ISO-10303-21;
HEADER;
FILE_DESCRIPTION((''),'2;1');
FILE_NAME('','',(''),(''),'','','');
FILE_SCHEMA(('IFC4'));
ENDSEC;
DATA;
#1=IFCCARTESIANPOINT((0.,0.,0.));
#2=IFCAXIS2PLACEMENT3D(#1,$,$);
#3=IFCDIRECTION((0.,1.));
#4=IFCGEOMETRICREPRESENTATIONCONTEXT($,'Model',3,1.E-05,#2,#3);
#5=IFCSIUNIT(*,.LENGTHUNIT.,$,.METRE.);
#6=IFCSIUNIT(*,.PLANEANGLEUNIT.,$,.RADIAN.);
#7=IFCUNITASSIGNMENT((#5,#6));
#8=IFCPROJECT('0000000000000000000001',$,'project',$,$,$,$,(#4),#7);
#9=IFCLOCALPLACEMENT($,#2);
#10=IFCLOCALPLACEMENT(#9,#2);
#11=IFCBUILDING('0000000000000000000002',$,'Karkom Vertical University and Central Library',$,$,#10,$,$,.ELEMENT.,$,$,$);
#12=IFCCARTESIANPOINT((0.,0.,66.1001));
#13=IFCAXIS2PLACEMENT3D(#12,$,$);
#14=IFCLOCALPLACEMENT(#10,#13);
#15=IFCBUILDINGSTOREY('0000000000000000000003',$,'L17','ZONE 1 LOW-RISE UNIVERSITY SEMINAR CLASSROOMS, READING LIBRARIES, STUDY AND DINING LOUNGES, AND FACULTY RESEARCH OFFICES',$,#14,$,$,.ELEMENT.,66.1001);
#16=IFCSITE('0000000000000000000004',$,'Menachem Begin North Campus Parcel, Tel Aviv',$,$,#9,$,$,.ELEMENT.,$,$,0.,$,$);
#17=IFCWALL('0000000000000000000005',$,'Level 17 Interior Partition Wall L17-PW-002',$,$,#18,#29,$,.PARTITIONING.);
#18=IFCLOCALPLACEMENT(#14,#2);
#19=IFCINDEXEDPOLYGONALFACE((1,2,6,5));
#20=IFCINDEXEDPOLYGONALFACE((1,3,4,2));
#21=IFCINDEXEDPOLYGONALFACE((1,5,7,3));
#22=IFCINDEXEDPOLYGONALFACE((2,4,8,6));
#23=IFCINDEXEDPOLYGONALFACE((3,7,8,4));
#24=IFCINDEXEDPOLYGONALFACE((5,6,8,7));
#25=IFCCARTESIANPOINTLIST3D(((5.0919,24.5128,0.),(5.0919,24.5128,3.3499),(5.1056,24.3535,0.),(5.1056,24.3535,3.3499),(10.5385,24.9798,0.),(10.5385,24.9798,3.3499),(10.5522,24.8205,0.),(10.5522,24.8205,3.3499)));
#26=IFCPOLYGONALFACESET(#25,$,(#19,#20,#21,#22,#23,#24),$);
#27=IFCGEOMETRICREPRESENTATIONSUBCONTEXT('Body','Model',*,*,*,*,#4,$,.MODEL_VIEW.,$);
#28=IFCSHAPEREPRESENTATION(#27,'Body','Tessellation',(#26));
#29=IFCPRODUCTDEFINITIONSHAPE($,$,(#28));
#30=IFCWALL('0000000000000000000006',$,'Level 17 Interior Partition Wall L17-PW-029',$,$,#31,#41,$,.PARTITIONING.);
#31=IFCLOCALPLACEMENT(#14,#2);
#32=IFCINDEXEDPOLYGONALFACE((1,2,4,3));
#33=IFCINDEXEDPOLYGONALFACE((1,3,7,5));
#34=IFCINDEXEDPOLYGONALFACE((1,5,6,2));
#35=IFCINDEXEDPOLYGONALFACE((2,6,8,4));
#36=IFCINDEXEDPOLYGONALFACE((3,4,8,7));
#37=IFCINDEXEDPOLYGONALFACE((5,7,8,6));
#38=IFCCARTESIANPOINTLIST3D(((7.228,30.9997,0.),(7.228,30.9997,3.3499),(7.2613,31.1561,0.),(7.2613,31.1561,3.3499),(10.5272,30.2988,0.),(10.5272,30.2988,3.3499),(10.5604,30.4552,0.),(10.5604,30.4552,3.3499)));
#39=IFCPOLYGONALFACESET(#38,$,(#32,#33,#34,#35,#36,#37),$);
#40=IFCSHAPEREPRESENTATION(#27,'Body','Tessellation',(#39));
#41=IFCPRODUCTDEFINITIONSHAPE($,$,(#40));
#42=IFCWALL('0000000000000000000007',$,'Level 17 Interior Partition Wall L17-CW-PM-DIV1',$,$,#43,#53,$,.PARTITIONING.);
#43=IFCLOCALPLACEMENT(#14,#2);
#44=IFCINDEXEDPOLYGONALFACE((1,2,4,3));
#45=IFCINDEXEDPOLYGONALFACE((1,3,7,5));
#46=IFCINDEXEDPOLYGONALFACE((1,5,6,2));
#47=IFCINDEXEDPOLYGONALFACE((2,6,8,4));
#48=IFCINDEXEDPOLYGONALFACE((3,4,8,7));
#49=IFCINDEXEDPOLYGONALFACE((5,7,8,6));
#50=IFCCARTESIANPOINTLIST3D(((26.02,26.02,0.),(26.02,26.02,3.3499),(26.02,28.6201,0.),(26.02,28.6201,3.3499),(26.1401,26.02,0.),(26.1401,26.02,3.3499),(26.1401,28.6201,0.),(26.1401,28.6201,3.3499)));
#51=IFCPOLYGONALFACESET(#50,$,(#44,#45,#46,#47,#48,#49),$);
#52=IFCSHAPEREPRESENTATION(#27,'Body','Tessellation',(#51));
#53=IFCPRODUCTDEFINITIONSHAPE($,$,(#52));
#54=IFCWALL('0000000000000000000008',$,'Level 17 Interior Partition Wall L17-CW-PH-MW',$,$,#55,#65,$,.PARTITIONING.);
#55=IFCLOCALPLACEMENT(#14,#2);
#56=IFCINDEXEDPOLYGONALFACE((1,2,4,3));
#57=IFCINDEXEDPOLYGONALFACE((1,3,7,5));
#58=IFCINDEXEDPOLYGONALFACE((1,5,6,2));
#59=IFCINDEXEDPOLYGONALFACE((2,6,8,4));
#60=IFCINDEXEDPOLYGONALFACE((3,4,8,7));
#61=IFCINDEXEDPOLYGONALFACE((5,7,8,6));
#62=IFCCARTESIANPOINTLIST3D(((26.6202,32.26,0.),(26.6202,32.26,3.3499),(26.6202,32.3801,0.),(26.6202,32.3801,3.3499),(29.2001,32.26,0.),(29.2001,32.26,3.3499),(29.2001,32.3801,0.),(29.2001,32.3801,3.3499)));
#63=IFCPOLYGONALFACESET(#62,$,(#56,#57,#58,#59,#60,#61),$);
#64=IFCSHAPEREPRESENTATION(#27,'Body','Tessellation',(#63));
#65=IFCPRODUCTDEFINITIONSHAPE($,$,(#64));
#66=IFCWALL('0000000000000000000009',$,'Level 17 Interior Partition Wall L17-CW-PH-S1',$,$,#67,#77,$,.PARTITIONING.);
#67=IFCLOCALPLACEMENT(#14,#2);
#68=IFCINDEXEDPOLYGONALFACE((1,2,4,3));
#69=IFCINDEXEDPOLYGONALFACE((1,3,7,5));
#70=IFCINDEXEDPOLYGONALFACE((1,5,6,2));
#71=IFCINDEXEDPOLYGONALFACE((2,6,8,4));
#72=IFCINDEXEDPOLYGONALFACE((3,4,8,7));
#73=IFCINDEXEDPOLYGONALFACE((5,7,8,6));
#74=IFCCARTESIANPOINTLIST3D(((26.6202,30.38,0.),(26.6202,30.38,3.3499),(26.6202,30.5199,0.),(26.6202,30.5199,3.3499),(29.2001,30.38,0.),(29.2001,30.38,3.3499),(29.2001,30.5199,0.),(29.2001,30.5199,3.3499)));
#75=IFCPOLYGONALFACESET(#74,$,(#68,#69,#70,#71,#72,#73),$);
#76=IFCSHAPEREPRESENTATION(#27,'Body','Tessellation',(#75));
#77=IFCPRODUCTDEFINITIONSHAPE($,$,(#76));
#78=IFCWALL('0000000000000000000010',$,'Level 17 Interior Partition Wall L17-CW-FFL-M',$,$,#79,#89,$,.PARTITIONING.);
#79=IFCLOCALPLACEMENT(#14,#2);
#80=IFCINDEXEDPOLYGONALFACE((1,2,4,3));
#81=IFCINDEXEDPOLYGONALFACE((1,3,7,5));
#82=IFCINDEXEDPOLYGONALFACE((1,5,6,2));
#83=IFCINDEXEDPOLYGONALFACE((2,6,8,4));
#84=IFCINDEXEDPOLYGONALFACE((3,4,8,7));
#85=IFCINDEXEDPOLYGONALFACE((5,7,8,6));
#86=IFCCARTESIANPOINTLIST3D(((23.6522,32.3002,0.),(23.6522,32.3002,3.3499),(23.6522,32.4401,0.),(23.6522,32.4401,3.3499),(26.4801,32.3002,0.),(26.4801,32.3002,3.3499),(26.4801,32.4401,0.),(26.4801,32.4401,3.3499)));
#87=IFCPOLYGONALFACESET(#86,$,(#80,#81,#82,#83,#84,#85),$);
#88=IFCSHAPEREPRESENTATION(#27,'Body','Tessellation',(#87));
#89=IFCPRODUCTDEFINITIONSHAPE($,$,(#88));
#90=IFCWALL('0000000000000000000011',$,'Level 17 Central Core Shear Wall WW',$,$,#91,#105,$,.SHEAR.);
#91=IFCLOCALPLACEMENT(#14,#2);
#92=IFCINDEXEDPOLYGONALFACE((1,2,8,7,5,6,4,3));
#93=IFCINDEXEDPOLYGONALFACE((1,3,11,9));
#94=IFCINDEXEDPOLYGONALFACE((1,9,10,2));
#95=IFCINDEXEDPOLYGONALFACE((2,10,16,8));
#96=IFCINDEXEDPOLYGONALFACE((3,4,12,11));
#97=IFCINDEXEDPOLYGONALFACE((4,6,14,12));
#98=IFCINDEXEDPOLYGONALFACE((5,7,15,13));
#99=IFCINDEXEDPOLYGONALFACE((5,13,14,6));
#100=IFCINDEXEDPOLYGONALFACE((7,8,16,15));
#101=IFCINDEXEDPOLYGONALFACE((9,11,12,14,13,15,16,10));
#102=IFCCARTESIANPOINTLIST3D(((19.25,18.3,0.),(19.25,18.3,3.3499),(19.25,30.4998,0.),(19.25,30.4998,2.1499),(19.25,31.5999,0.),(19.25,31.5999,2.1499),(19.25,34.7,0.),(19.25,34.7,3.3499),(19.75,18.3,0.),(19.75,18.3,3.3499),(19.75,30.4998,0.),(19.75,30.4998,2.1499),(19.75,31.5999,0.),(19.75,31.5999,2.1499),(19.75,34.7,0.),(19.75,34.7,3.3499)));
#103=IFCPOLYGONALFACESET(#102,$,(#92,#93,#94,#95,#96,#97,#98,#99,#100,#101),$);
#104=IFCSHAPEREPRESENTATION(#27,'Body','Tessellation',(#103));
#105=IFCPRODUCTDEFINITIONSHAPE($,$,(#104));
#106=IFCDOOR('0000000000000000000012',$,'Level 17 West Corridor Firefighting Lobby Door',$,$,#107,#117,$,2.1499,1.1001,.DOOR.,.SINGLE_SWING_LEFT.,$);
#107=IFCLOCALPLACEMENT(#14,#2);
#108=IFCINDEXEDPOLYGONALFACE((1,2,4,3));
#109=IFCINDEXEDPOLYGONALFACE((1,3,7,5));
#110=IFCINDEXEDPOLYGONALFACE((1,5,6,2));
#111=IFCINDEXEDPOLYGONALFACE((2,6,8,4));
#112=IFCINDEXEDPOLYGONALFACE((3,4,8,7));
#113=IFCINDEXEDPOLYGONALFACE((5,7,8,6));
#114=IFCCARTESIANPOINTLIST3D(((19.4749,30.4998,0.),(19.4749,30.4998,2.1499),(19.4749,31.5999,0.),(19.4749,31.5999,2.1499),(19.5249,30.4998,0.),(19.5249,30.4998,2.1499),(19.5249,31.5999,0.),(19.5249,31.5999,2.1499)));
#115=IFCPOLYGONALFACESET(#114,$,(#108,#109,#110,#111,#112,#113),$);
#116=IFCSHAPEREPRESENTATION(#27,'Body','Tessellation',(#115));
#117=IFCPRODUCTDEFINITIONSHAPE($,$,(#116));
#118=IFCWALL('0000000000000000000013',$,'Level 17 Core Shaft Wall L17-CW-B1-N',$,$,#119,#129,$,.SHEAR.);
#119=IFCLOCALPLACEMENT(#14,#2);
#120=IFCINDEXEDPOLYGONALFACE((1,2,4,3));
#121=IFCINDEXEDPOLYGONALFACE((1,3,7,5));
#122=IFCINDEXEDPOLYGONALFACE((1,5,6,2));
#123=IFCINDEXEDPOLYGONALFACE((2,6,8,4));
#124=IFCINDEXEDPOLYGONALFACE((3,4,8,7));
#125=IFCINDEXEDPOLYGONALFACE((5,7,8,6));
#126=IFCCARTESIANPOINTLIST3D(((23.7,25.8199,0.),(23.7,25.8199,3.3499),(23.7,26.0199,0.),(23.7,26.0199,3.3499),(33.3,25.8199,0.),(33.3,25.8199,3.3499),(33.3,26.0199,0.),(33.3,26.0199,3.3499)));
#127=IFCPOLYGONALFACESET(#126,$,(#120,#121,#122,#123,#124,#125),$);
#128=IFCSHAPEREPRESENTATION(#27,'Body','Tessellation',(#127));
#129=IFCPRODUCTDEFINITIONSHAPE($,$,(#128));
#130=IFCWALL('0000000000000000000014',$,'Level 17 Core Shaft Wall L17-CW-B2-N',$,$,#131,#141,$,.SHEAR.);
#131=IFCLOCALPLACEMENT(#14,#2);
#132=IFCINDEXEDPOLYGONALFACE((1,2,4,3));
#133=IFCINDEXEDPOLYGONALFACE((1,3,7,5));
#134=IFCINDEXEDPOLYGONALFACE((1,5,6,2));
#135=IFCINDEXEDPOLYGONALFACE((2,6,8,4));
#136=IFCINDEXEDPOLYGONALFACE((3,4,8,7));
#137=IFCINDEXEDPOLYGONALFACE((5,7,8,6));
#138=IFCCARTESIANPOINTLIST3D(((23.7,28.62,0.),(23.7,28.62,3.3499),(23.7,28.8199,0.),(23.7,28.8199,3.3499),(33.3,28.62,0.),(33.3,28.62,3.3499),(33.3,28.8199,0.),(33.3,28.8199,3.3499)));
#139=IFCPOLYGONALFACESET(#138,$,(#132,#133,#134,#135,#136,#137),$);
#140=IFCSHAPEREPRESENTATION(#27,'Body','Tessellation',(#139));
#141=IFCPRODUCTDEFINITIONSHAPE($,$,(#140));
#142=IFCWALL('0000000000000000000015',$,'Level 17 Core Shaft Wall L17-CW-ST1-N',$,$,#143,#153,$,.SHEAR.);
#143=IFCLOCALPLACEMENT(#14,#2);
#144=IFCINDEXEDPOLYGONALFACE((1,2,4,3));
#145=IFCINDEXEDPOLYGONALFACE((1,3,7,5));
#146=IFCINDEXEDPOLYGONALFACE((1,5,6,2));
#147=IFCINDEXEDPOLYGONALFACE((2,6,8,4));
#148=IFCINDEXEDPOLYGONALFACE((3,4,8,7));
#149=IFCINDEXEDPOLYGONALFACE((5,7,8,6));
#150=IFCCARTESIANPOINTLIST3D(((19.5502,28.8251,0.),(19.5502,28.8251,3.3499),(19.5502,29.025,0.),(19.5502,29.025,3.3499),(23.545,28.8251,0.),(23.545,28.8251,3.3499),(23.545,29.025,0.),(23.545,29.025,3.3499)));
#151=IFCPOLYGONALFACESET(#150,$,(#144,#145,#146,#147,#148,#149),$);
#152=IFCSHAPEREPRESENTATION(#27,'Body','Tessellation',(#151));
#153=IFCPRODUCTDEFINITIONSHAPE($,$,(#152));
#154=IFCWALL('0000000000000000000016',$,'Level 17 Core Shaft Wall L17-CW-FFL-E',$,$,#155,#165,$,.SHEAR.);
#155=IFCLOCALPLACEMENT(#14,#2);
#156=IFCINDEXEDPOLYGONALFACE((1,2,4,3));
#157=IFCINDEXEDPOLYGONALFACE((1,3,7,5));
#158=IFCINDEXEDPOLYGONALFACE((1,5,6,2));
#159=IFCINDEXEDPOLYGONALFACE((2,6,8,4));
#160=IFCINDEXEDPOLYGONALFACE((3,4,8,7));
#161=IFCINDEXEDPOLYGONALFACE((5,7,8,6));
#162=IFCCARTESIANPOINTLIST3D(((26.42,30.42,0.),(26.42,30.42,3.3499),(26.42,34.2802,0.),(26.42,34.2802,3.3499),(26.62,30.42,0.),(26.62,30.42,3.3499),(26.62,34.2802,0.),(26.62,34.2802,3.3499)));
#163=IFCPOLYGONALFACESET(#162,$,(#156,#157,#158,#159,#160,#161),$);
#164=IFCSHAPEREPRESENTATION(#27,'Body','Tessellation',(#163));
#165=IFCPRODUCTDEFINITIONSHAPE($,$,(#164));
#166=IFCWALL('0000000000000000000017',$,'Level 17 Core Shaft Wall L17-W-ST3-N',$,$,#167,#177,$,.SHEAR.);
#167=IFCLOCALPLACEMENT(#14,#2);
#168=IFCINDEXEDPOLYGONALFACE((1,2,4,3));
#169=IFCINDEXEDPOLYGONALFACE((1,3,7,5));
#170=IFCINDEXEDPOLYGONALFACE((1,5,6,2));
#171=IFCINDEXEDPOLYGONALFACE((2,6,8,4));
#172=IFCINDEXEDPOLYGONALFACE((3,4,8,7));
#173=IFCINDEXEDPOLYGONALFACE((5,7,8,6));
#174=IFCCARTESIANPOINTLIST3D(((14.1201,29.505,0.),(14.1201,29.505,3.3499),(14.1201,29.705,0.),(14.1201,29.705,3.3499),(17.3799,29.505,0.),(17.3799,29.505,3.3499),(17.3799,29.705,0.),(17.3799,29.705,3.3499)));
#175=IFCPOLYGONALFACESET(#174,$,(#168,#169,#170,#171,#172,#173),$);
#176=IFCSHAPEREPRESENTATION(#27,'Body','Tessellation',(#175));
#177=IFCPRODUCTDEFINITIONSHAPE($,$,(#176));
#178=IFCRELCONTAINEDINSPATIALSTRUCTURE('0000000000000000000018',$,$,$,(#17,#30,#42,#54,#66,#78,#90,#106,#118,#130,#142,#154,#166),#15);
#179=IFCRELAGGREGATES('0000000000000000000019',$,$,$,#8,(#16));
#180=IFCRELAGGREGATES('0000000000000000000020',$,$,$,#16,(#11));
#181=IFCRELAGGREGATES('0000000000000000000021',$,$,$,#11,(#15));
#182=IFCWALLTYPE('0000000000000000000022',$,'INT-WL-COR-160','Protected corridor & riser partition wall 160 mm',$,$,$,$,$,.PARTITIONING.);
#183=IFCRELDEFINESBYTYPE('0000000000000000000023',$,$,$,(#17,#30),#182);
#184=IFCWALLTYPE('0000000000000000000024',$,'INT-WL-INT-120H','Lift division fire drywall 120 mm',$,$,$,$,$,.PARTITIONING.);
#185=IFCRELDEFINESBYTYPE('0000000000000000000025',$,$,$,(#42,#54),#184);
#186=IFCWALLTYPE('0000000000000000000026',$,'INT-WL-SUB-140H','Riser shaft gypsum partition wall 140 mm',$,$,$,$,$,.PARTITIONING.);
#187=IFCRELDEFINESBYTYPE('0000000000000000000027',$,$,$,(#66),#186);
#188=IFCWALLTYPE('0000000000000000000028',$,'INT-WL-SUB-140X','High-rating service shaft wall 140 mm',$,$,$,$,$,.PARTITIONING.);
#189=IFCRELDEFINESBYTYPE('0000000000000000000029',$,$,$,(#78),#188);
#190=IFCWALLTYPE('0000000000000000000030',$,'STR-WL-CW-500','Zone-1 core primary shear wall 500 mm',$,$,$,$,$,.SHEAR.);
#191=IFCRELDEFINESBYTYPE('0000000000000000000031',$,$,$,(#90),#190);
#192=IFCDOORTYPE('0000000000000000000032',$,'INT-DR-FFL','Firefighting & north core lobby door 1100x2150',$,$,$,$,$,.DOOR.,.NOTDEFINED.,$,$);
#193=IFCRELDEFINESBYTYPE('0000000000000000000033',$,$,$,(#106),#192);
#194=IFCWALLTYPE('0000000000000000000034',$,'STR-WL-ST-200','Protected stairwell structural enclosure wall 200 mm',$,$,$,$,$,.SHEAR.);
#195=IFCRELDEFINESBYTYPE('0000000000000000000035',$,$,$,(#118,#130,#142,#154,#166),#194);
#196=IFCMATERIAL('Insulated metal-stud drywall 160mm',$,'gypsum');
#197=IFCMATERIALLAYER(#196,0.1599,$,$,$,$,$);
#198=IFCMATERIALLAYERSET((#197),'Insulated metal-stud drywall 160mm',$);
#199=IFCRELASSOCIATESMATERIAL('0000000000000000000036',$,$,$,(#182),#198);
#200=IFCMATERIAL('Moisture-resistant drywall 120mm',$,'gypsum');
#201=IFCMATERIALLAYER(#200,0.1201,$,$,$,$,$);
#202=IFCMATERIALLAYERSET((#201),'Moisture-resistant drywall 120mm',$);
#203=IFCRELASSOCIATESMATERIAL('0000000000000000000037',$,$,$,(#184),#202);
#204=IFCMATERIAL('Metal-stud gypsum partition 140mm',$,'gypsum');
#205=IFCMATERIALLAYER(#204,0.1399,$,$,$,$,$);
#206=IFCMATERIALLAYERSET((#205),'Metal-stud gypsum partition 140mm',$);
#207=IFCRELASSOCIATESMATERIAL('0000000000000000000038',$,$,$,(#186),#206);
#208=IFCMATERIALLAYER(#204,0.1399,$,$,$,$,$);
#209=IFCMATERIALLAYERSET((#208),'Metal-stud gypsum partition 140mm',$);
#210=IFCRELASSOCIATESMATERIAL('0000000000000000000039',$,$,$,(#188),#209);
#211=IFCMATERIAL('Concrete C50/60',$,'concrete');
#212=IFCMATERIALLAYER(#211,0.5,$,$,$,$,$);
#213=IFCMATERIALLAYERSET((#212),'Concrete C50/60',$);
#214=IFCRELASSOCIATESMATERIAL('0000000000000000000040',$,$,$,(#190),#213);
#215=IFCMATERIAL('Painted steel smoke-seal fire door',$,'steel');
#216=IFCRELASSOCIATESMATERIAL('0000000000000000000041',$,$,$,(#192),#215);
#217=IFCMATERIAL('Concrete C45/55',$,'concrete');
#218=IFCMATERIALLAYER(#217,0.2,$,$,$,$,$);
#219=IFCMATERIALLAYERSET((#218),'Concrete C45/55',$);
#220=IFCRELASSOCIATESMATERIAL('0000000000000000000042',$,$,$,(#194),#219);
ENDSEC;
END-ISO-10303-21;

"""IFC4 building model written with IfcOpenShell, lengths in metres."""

from ifc_helpers import new_model, si_unit, direction, frame, frame_2d, origin, origin_with_axes, place, context, subcontext, project, spatial, rectangle, extrude, source, transform, mapped, material, layer, layer_set, type_object, element, fill, save


model = new_model("IFC4")

# Units and contexts
model_context = context("Model", 3, precision=1e-05, world=origin(), true_north=direction((0.0, 1.0)))
body_context = subcontext(model_context, "Body", "Model", "MODEL_VIEW")
ifc_project = project(units=[si_unit("LENGTHUNIT", "METRE"), si_unit("PLANEANGLEUNIT", "RADIAN")], contexts=[model_context])

# Site, building, storey
site_placement = place(None, origin())
site = spatial("IfcSite", under=ifc_project, at=site_placement, Name="Menachem Begin North Campus Parcel, Tel Aviv", CompositionType="ELEMENT", RefElevation=0.0)
building_placement = place(site_placement, origin())
building = spatial("IfcBuilding", under=site, at=building_placement, Name="Karkom Vertical University and Central Library", CompositionType="ELEMENT")
storey_placement = place(building_placement, frame((0.0, 0.0, 66.1001)))
storey = spatial("IfcBuildingStorey", under=building, at=storey_placement, Name="L17", Description="ZONE 1 LOW-RISE UNIVERSITY SEMINAR CLASSROOMS, READING LIBRARIES, STUDY AND DINING LOUNGES, AND FACULTY RESEARCH OFFICES", CompositionType="ELEMENT", Elevation=66.1001)

# Shared definitions
ifc_material_1 = material(Name="Concrete C50/60", Category="concrete")

# Walls
ifc_material_2 = material(Name="Insulated metal-stud drywall 160mm", Category="gypsum")
ifc_layer_1 = layer(ifc_material_2, 0.1599)
ifc_layer_set_1 = layer_set([ifc_layer_1], Name="Insulated metal-stud drywall 160mm")
wall_type_1 = type_object("IfcWallType", Name="INT-WL-COR-160", Description="Protected corridor & riser partition wall 160 mm", PredefinedType="PARTITIONING", material=ifc_layer_set_1)
wall_1_placement = place(storey_placement, frame((5.0986, 24.4331, 0.0), z_axis=(0.0, 0.0, 1.0), x_axis=(0.996344, 0.085437, 0.0)))
element("IfcWall", 1, at=wall_1_placement, inside=storey, type_object=wall_type_1, Name="Level 17 Interior Partition Wall L17-PW-002", PredefinedType="PARTITIONING", context=body_context, shape_type="SweptSolid", body=[
    extrude(rectangle(XDim=5.4666, YDim=0.1599, at=frame_2d((2.7334, 0.0))), origin(), (0.0, 0.0, 1.0), 3.3499),
])
wall_2_placement = place(storey_placement, frame((10.5439, 30.377, 0.0), z_axis=(0.0, 0.0, 1.0), x_axis=(-0.978166, 0.207823, 0.0)))
element("IfcWall", 2, at=wall_2_placement, inside=storey, type_object=wall_type_1, Name="Level 17 Interior Partition Wall L17-PW-029", PredefinedType="PARTITIONING", context=body_context, shape_type="SweptSolid", body=[
    extrude(rectangle(XDim=3.3728, YDim=0.1599, at=frame_2d((1.6865, 0.0))), origin(), (0.0, 0.0, 1.0), 3.3499),
])
ifc_material_3 = material(Name="Moisture-resistant drywall 120mm", Category="gypsum")
ifc_layer_2 = layer(ifc_material_3, 0.1201)
ifc_layer_set_2 = layer_set([ifc_layer_2], Name="Moisture-resistant drywall 120mm")
wall_type_2 = type_object("IfcWallType", Name="INT-WL-INT-120H", Description="Lift division fire drywall 120 mm", PredefinedType="PARTITIONING", material=ifc_layer_set_2)
wall_3_placement = place(storey_placement, frame((26.0801, 26.02, 0.0), z_axis=(0.0, 0.0, 1.0), x_axis=(0.0, 1.0, 0.0)))
element("IfcWall", 3, at=wall_3_placement, inside=storey, type_object=wall_type_2, Name="Level 17 Interior Partition Wall L17-CW-PM-DIV1", PredefinedType="PARTITIONING", context=body_context, shape_type="SweptSolid", body=[
    extrude(rectangle(XDim=2.6001, YDim=0.1201, at=frame_2d((1.3, 0.0))), origin(), (0.0, 0.0, 1.0), 3.3499),
])
wall_4_placement = place(storey_placement, frame((26.6201, 32.3201, 0.0), z_axis=(0.0, 0.0, 1.0), x_axis=(1.0, 0.0, 0.0)))
element("IfcWall", 4, at=wall_4_placement, inside=storey, type_object=wall_type_2, Name="Level 17 Interior Partition Wall L17-CW-PH-MW", PredefinedType="PARTITIONING", context=body_context, shape_type="SweptSolid", body=[
    extrude(rectangle(XDim=2.5798, YDim=0.1201, at=frame_2d((1.29, 0.0))), origin(), (0.0, 0.0, 1.0), 3.3499),
])
ifc_material_4 = material(Name="Metal-stud gypsum partition 140mm", Category="gypsum")
ifc_layer_3 = layer(ifc_material_4, 0.1399)
ifc_layer_set_3 = layer_set([ifc_layer_3], Name="Metal-stud gypsum partition 140mm")
wall_type_3 = type_object("IfcWallType", Name="INT-WL-SUB-140H", Description="Riser shaft gypsum partition wall 140 mm", PredefinedType="PARTITIONING", material=ifc_layer_set_3)
wall_5_placement = place(storey_placement, frame((26.6201, 30.45, 0.0), z_axis=(0.0, 0.0, 1.0), x_axis=(1.0, 0.0, 0.0)))
element("IfcWall", 5, at=wall_5_placement, inside=storey, type_object=wall_type_3, Name="Level 17 Interior Partition Wall L17-CW-PH-S1", PredefinedType="PARTITIONING", context=body_context, shape_type="SweptSolid", body=[
    extrude(rectangle(XDim=2.5798, YDim=0.1399, at=frame_2d((1.29, 0.0))), origin(), (0.0, 0.0, 1.0), 3.3499),
])
ifc_layer_4 = layer(ifc_material_4, 0.1399)
ifc_layer_set_4 = layer_set([ifc_layer_4], Name="Metal-stud gypsum partition 140mm")
wall_type_4 = type_object("IfcWallType", Name="INT-WL-SUB-140X", Description="High-rating service shaft wall 140 mm", PredefinedType="PARTITIONING", material=ifc_layer_set_4)
wall_6_placement = place(storey_placement, frame((23.6521, 32.3701, 0.0), z_axis=(0.0, 0.0, 1.0), x_axis=(1.0, 0.0, 0.0)))
element("IfcWall", 6, at=wall_6_placement, inside=storey, type_object=wall_type_4, Name="Level 17 Interior Partition Wall L17-CW-FFL-M", PredefinedType="PARTITIONING", context=body_context, shape_type="SweptSolid", body=[
    extrude(rectangle(XDim=2.8279, YDim=0.1399, at=frame_2d((1.4141, 0.0))), origin(), (0.0, 0.0, 1.0), 3.3499),
])

# Wall, opening, door
ifc_layer_5 = layer(ifc_material_1, 0.5)
ifc_layer_set_5 = layer_set([ifc_layer_5], Name="Concrete C50/60")
wall_type_5 = type_object("IfcWallType", Name="STR-WL-CW-500", Description="Zone-1 core primary shear wall 500 mm", PredefinedType="SHEAR", material=ifc_layer_set_5)
wall_7_placement = place(storey_placement, frame((19.5, 34.7, 0.0), z_axis=(0.0, 0.0, 1.0), x_axis=(0.0, -1.0, 0.0)))
wall_7 = element("IfcWall", 7, at=wall_7_placement, inside=storey, type_object=wall_type_5, Name="Level 17 Central Core Shear Wall WW", PredefinedType="SHEAR", context=body_context, shape_type="SweptSolid", body=[
    extrude(rectangle(XDim=16.3999, YDim=0.5, at=frame_2d((8.2, 0.0))), origin(), (0.0, 0.0, 1.0), 3.3499),
])
opening_1_placement = place(wall_7_placement, frame((3.1001, 0.0, 0.0)))
opening_1 = element("IfcOpeningElement", 8, at=opening_1_placement, cuts=wall_7, PredefinedType="OPENING", context=body_context, shape_type="SweptSolid", body=[
    extrude(rectangle(XDim=1.1001, YDim=2.1499, at=frame_2d((0.55, 1.075))), frame((0.0, 0.26, 0.0), z_axis=(0.0, -1.0, 0.0), x_axis=(1.0, 0.0, 0.0)), (0.0, 0.0, 1.0), 0.52),
])
ifc_material_5 = material(Name="Painted steel smoke-seal fire door", Category="steel")
door_type = type_object("IfcDoorType", Name="INT-DR-FFL", Description="Firefighting & north core lobby door 1100x2150", OperationType="NOTDEFINED", PredefinedType="DOOR", material=ifc_material_5)
shared_shape_1 = source(origin_with_axes(), body_context, "Body", "SweptSolid", [
    extrude(rectangle(XDim=1.1001, YDim=2.1499, at=frame_2d((0.55, 1.075))), frame((0.0, 0.0249, 0.0), z_axis=(0.0, -1.0, 0.0), x_axis=(1.0, 0.0, 0.0)), (0.0, 0.0, 1.0), 0.05),
])
door_placement = place(opening_1_placement, origin())
door = element("IfcDoor", 9, at=door_placement, inside=storey, type_object=door_type, Name="Level 17 West Corridor Firefighting Lobby Door", OperationType="SINGLE_SWING_LEFT", OverallHeight=2.1499, OverallWidth=1.1001, PredefinedType="DOOR", context=body_context, shape_type="MappedRepresentation", body=[
    mapped(shared_shape_1, transform((0.0, 0.0, 0.0), scale=1.0)),
])
fill(opening_1, door)

# Walls
ifc_material_6 = material(Name="Concrete C45/55", Category="concrete")
ifc_layer_6 = layer(ifc_material_6, 0.2)
ifc_layer_set_6 = layer_set([ifc_layer_6], Name="Concrete C45/55")
wall_type_6 = type_object("IfcWallType", Name="STR-WL-ST-200", Description="Protected stairwell structural enclosure wall 200 mm", PredefinedType="SHEAR", material=ifc_layer_set_6)
for number, where, z_axis, x_axis, name in (
    (10, (23.7, 25.9199, 0.0), (0.0, 0.0, 1.0), (1.0, 0.0, 0.0), "Level 17 Core Shaft Wall L17-CW-B1-N"),
    (11, (23.7, 28.72, 0.0), (0.0, 0.0, 1.0), (1.0, 0.0, 0.0), "Level 17 Core Shaft Wall L17-CW-B2-N"),
):
    element("IfcWall", number, at=place(storey_placement, frame(where, z_axis=z_axis, x_axis=x_axis)), inside=storey, type_object=wall_type_6, Name=name, PredefinedType="SHEAR", context=body_context, shape_type="SweptSolid", body=[
        extrude(rectangle(XDim=9.6001, YDim=0.2, at=frame_2d((4.8, 0.0))), origin(), (0.0, 0.0, 1.0), 3.3499),
    ])
wall_8_placement = place(storey_placement, frame((19.55, 28.925, 0.0), z_axis=(0.0, 0.0, 1.0), x_axis=(1.0, 0.0, 0.0)))
element("IfcWall", 12, at=wall_8_placement, inside=storey, type_object=wall_type_6, Name="Level 17 Core Shaft Wall L17-CW-ST1-N", PredefinedType="SHEAR", context=body_context, shape_type="SweptSolid", body=[
    extrude(rectangle(XDim=3.9949, YDim=0.2, at=frame_2d((1.9976, 0.0))), origin(), (0.0, 0.0, 1.0), 3.3499),
])
wall_9_placement = place(storey_placement, frame((26.52, 30.4199, 0.0), z_axis=(0.0, 0.0, 1.0), x_axis=(0.0, 1.0, 0.0)))
element("IfcWall", 13, at=wall_9_placement, inside=storey, type_object=wall_type_6, Name="Level 17 Core Shaft Wall L17-CW-FFL-E", PredefinedType="SHEAR", context=body_context, shape_type="SweptSolid", body=[
    extrude(rectangle(XDim=3.8601, YDim=0.2, at=frame_2d((1.9302, 0.0))), origin(), (0.0, 0.0, 1.0), 3.3499),
])
wall_10_placement = place(storey_placement, frame((14.1201, 29.605, 0.0), z_axis=(0.0, 0.0, 1.0), x_axis=(1.0, 0.0, 0.0)))
element("IfcWall", 14, at=wall_10_placement, inside=storey, type_object=wall_type_6, Name="Level 17 Core Shaft Wall L17-W-ST3-N", PredefinedType="SHEAR", context=body_context, shape_type="SweptSolid", body=[
    extrude(rectangle(XDim=3.2598, YDim=0.2, at=frame_2d((1.6299, 0.0))), origin(), (0.0, 0.0, 1.0), 3.3499),
])

save(model, "model.ifc")
